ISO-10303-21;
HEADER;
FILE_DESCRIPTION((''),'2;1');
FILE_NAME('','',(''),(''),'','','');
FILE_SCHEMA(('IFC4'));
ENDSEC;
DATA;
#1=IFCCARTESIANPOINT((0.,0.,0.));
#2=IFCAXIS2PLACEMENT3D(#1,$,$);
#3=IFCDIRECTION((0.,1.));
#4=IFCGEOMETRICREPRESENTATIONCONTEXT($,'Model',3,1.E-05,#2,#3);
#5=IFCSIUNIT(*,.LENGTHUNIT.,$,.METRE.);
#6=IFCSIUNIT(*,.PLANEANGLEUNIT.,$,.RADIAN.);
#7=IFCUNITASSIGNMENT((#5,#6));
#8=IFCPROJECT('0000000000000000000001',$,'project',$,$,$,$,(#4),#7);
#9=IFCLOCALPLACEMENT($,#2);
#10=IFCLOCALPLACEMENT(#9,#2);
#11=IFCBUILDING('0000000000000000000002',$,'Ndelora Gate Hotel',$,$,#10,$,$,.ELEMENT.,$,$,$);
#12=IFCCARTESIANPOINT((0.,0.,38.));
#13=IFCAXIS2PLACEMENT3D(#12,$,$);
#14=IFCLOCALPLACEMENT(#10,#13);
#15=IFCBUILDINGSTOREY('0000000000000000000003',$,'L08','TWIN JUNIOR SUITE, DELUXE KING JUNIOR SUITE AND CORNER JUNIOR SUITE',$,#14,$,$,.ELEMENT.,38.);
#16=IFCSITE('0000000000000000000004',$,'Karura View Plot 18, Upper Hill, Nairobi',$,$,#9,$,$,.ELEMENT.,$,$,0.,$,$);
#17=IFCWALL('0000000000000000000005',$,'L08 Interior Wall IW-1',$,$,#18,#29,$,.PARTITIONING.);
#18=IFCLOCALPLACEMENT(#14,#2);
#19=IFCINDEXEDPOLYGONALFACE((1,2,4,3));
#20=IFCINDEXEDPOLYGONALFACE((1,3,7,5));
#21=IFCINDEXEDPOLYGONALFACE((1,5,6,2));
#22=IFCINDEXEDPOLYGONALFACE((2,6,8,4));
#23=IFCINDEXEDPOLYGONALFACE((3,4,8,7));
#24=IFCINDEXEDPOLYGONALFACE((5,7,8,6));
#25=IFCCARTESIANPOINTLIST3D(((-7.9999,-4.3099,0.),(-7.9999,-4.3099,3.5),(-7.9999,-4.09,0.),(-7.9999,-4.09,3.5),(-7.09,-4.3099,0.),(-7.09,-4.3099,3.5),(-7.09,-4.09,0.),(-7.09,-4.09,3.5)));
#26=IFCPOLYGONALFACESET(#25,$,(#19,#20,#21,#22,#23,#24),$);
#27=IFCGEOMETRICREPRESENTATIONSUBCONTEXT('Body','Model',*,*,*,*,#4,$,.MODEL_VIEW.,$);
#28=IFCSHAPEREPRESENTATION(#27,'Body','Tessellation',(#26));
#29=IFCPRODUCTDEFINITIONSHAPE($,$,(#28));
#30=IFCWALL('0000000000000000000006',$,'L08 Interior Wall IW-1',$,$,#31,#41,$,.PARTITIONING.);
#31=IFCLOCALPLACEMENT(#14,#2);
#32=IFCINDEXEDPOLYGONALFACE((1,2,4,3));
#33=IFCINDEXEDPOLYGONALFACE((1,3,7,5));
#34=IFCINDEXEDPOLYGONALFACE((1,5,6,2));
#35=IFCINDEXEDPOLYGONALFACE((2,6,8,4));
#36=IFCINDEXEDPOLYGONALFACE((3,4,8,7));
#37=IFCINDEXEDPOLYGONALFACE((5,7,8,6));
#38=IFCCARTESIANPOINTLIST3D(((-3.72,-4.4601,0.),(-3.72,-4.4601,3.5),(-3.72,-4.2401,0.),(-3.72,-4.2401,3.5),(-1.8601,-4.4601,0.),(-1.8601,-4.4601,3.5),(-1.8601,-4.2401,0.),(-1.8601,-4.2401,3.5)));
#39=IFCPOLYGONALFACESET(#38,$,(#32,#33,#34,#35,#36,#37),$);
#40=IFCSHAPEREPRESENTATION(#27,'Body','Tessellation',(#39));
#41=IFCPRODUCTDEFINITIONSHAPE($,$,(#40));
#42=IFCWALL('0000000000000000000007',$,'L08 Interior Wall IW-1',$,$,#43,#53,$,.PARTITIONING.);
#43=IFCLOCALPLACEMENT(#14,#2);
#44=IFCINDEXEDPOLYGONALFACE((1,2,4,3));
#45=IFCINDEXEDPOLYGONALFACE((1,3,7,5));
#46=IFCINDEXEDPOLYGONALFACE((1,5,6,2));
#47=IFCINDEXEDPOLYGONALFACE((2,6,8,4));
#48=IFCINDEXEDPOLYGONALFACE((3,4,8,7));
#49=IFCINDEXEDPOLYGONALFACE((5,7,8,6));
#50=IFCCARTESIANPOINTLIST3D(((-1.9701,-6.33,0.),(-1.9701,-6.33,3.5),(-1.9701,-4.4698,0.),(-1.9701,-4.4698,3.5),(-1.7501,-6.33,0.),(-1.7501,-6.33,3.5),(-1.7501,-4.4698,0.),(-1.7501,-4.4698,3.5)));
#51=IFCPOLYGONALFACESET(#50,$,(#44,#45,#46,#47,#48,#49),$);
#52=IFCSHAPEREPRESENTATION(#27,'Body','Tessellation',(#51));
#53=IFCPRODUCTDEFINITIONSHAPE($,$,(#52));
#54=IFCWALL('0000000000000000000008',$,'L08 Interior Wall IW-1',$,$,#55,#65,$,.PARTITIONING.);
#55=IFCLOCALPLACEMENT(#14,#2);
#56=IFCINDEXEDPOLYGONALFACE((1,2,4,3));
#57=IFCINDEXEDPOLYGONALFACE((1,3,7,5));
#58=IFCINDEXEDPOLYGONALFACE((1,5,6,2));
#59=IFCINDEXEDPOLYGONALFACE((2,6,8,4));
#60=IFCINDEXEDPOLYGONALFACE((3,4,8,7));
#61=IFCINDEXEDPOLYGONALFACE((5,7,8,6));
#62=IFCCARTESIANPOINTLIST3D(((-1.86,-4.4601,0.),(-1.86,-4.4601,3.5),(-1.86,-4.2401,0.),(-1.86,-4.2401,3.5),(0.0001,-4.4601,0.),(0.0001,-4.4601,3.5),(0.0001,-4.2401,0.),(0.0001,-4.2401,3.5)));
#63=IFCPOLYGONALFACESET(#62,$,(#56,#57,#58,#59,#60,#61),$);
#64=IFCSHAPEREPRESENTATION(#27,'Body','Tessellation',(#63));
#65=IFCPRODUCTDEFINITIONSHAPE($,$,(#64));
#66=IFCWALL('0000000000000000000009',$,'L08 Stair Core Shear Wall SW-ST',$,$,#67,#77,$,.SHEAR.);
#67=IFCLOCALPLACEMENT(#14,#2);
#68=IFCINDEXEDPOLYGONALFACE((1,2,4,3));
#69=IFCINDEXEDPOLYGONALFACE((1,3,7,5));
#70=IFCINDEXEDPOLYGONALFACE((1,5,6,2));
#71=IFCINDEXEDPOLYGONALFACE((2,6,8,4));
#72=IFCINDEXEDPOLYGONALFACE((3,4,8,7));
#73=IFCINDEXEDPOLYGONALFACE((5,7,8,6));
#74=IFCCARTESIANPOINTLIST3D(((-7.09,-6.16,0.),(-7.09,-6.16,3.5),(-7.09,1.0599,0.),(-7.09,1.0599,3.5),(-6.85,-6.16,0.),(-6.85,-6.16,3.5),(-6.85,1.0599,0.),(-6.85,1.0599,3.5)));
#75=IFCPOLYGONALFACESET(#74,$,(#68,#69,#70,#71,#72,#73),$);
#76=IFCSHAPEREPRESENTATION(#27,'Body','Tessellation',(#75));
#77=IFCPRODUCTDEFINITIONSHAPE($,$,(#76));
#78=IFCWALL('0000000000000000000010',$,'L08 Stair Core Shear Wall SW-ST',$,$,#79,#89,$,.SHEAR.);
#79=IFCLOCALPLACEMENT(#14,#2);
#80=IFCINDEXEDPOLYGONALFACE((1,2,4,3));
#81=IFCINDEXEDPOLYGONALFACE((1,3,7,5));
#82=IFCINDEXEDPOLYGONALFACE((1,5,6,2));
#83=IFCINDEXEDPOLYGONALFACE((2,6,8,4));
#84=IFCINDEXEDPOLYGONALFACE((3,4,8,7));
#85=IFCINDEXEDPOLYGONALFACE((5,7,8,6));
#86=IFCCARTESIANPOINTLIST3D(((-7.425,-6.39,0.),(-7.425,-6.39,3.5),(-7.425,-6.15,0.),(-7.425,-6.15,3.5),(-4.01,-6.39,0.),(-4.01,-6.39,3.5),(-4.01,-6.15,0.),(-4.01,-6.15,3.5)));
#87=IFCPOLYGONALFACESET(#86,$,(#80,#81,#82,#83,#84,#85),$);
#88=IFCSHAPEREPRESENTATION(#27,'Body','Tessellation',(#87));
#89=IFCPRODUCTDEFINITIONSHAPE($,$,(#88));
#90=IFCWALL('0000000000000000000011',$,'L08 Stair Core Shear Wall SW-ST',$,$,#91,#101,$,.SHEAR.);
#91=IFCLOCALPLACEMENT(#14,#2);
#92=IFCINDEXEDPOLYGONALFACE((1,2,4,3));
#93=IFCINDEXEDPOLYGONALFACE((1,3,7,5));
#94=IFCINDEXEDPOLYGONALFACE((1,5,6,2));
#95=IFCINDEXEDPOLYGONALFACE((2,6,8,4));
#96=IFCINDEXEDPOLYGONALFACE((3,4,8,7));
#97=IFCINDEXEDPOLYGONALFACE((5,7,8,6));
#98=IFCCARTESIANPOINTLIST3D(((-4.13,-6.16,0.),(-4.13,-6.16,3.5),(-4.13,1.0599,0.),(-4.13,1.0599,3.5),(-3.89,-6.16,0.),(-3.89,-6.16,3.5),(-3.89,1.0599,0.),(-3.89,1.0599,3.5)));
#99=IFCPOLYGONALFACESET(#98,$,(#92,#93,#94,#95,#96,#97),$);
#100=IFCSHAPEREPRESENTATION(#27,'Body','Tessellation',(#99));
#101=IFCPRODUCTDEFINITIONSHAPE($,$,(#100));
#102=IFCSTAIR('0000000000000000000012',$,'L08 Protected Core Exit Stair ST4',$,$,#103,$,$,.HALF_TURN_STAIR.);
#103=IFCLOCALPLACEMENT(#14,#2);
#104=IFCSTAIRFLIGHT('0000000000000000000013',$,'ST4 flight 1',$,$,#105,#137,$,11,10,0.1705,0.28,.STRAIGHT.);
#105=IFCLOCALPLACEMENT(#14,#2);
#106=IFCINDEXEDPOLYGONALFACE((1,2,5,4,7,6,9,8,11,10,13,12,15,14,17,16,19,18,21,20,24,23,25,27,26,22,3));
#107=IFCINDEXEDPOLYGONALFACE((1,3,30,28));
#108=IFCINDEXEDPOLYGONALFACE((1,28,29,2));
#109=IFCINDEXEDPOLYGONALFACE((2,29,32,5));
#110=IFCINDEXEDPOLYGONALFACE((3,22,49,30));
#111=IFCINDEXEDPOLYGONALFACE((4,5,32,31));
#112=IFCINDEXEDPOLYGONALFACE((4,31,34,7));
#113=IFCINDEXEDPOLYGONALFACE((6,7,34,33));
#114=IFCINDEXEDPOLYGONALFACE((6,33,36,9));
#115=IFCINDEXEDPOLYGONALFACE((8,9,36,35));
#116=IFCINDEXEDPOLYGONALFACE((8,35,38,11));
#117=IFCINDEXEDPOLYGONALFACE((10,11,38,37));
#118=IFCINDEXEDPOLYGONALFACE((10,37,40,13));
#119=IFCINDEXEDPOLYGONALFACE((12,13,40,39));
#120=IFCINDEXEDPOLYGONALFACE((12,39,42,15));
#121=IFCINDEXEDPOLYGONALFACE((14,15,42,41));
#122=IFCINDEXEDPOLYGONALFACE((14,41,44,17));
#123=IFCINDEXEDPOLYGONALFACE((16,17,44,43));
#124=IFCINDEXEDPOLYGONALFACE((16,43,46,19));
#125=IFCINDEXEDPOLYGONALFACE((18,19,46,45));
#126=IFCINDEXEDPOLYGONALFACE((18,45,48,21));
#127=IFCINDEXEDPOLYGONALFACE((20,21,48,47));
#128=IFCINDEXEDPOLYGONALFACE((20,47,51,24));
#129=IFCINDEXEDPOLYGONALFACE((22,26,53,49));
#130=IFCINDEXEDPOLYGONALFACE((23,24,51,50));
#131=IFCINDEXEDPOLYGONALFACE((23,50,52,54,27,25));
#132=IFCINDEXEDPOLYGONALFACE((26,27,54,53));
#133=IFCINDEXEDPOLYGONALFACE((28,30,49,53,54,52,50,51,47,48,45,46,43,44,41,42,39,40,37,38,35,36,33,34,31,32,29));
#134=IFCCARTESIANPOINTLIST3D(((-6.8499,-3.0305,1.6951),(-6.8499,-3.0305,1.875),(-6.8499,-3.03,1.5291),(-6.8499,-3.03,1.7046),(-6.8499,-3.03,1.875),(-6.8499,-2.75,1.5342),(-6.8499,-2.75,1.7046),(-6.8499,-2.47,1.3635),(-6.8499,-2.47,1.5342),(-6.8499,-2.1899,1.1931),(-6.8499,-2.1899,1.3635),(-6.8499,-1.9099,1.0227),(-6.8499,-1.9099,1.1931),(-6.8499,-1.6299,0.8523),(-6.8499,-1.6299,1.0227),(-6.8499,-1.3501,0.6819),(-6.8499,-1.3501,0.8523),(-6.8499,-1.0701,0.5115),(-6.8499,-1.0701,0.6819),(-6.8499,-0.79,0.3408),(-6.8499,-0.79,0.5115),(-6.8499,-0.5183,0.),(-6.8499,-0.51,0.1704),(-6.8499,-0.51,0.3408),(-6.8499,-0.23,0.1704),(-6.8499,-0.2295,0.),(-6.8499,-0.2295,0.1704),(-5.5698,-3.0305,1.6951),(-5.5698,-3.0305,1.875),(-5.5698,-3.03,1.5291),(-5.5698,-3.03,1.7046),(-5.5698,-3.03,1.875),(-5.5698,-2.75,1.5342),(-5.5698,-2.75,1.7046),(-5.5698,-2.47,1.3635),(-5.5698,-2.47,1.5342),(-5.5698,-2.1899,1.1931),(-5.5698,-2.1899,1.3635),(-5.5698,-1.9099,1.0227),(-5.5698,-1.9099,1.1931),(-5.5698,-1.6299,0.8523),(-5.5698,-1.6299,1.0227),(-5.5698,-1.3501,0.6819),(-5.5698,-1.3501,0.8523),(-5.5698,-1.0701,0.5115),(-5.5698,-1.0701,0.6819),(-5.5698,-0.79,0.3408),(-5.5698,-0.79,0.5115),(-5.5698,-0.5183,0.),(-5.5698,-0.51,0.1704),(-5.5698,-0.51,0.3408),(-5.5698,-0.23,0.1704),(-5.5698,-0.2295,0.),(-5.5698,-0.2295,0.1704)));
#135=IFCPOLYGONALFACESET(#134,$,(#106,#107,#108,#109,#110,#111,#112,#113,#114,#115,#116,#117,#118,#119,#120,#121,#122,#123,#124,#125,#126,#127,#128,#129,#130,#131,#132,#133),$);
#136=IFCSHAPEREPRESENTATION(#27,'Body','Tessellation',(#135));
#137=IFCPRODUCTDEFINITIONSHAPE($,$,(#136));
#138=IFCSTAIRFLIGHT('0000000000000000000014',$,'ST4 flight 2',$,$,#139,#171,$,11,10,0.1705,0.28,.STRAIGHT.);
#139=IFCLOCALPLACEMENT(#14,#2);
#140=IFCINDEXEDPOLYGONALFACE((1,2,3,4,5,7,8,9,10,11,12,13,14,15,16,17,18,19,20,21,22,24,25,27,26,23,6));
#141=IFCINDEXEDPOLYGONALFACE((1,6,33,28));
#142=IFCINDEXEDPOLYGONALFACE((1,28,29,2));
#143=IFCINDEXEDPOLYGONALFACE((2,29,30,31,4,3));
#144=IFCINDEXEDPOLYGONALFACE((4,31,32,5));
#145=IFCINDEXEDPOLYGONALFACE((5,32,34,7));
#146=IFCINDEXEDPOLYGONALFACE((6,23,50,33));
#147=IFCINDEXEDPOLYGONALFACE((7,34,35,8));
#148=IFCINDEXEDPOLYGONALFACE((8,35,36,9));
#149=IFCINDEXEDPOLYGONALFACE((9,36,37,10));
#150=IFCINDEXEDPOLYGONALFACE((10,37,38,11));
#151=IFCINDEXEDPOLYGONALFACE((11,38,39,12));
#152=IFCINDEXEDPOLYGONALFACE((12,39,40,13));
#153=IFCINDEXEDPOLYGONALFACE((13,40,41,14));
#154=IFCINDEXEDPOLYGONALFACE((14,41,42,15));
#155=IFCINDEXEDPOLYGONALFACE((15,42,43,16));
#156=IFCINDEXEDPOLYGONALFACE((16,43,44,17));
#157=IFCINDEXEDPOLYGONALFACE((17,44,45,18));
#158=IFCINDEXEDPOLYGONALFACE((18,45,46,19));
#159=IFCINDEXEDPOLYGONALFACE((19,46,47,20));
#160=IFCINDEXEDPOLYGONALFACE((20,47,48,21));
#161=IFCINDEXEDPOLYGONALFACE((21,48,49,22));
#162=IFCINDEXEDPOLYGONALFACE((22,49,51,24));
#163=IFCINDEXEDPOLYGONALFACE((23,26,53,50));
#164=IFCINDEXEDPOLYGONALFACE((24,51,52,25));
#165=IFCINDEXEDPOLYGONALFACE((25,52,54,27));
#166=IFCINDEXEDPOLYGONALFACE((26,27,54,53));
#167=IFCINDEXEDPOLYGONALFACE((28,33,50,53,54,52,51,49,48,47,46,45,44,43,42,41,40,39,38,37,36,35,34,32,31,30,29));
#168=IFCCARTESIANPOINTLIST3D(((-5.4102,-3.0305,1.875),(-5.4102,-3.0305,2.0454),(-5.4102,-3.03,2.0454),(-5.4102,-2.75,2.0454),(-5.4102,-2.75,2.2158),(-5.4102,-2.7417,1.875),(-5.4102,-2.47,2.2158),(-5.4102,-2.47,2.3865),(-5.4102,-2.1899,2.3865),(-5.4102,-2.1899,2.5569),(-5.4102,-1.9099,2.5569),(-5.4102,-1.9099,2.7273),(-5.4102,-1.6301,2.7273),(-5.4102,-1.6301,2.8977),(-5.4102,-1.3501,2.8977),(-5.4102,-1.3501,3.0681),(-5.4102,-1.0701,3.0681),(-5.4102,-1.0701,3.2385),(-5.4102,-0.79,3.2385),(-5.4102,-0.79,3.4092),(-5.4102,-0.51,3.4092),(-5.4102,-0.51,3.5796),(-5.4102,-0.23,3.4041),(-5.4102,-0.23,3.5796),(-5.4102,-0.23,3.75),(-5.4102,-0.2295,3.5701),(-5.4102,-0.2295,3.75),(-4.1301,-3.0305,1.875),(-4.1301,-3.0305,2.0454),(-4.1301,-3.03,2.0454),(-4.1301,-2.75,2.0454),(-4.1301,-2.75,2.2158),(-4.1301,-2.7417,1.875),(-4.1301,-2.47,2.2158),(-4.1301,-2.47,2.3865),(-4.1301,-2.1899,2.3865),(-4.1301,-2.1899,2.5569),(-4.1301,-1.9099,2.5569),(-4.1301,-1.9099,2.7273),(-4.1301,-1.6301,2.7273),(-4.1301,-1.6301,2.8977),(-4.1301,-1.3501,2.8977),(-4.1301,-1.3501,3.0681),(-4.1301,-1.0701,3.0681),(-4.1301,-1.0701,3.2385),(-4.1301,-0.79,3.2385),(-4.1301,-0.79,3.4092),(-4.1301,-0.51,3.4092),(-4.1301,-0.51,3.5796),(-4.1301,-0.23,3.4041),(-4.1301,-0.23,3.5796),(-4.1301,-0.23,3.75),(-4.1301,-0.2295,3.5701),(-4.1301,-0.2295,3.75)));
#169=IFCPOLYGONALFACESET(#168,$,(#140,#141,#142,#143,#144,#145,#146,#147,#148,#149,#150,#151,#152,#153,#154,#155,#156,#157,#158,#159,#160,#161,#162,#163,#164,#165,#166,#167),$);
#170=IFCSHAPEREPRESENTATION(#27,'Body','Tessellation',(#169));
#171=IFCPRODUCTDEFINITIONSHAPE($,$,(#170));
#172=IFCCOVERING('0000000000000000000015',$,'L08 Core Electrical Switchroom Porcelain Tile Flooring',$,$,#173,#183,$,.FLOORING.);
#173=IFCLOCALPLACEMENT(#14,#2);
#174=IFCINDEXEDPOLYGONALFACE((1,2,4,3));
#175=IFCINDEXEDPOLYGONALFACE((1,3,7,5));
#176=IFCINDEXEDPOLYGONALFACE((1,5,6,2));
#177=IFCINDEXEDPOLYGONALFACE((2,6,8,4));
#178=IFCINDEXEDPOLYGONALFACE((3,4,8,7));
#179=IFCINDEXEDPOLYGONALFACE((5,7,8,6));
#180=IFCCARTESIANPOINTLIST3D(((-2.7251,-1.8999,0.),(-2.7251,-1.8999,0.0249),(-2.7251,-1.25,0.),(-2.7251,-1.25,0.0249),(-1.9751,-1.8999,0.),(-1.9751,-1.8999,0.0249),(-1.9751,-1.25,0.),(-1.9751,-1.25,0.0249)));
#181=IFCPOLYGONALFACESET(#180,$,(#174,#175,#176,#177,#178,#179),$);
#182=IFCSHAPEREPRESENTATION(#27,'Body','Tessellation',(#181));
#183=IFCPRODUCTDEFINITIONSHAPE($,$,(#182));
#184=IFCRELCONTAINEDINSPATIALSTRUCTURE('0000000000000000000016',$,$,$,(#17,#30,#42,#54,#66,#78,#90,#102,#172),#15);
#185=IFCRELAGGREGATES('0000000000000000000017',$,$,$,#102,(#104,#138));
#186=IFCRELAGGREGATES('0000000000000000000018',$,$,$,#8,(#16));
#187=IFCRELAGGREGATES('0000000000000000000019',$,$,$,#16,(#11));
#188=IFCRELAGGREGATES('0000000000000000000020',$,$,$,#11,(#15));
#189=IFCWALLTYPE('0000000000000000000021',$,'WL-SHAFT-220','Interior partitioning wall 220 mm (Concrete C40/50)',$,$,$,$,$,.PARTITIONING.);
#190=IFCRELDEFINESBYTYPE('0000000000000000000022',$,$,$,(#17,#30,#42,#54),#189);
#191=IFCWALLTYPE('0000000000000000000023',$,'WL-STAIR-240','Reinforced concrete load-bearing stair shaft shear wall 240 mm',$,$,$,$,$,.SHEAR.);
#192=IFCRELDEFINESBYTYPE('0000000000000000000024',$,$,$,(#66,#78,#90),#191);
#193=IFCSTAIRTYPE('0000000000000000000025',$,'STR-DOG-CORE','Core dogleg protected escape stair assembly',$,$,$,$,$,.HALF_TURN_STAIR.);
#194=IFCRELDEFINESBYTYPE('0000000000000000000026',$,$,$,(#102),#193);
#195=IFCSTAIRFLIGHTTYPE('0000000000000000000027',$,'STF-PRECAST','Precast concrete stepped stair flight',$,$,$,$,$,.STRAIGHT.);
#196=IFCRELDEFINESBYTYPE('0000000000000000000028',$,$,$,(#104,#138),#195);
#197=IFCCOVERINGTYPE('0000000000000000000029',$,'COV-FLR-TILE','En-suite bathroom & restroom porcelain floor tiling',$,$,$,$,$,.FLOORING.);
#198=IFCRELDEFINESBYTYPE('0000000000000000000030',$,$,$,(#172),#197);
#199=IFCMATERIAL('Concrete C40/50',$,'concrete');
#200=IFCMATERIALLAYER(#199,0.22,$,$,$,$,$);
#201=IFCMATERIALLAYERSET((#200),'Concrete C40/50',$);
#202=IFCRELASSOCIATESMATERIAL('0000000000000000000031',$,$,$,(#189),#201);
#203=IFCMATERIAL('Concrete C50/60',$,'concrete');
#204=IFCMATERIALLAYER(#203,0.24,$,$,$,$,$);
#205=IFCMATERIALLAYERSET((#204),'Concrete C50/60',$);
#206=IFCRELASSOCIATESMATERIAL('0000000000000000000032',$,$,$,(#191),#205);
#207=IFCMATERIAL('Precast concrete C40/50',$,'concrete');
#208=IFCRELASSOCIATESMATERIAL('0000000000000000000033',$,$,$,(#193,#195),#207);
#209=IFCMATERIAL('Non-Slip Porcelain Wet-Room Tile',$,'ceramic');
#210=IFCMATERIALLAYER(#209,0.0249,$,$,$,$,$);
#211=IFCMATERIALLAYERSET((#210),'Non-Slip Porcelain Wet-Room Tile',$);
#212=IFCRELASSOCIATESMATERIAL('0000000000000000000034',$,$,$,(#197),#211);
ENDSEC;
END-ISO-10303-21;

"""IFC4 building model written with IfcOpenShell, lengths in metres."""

from ifc_helpers import new_model, si_unit, direction, frame, frame_2d, origin, origin_2d, place, context, subcontext, project, spatial, polyline, rectangle, outline, extrude, material, layer, layer_set, type_object, element, aggregate, save


model = new_model("IFC4")

# Units and contexts
model_context = context("Model", 3, precision=1e-05, world=origin(), true_north=direction((0.0, 1.0)))
body_context = subcontext(model_context, "Body", "Model", "MODEL_VIEW")
ifc_project = project(units=[si_unit("LENGTHUNIT", "METRE"), si_unit("PLANEANGLEUNIT", "RADIAN")], contexts=[model_context])

# Site, building, storey
site_placement = place(None, origin())
site = spatial("IfcSite", under=ifc_project, at=site_placement, Name="Karura View Plot 18, Upper Hill, Nairobi", CompositionType="ELEMENT", RefElevation=0.0)
building_placement = place(site_placement, origin())
building = spatial("IfcBuilding", under=site, at=building_placement, Name="Ndelora Gate Hotel", CompositionType="ELEMENT")
storey_placement = place(building_placement, frame((0.0, 0.0, 38.0)))
storey = spatial("IfcBuildingStorey", under=building, at=storey_placement, Name="L08", Description="TWIN JUNIOR SUITE, DELUXE KING JUNIOR SUITE AND CORNER JUNIOR SUITE", CompositionType="ELEMENT", Elevation=38.0)

# Walls
ifc_material_1 = material(Name="Concrete C40/50", Category="concrete")
ifc_layer_1 = layer(ifc_material_1, 0.22)
ifc_layer_set_1 = layer_set([ifc_layer_1], Name="Concrete C40/50")
wall_type_1 = type_object("IfcWallType", Name="WL-SHAFT-220", Description="Interior partitioning wall 220 mm (Concrete C40/50)", PredefinedType="PARTITIONING", material=ifc_layer_set_1)
wall_1_placement = place(storey_placement, frame((-8.0, -4.2, 0.0), z_axis=(0.0, 0.0, 1.0), x_axis=(1.0, 0.0, 0.0)))
element("IfcWall", 1, at=wall_1_placement, inside=storey, type_object=wall_type_1, Name="L08 Interior Wall IW-1", PredefinedType="PARTITIONING", context=body_context, shape_type="SweptSolid", body=[
    extrude(rectangle(XDim=0.9099, YDim=0.22, at=frame_2d((0.4551, 0.0))), origin(), (0.0, 0.0, 1.0), 3.5),
])
wall_2_placement = place(storey_placement, frame((-3.72, -4.3501, 0.0), z_axis=(0.0, 0.0, 1.0), x_axis=(1.0, 0.0, 0.0)))
element("IfcWall", 2, at=wall_2_placement, inside=storey, type_object=wall_type_1, Name="L08 Interior Wall IW-1", PredefinedType="PARTITIONING", context=body_context, shape_type="SweptSolid", body=[
    extrude(rectangle(XDim=1.8599, YDim=0.22, at=frame_2d((0.9299, 0.0))), origin(), (0.0, 0.0, 1.0), 3.5),
])
for number, where, z_axis, x_axis, name in (
    (3, (-1.8601, -6.3301, 0.0), (0.0, 0.0, 1.0), (0.0, 1.0, 0.0), "L08 Interior Wall IW-1"),
    (4, (-1.8601, -4.3501, 0.0), (0.0, 0.0, 1.0), (1.0, 0.0, 0.0), "L08 Interior Wall IW-1"),
):
    element("IfcWall", number, at=place(storey_placement, frame(where, z_axis=z_axis, x_axis=x_axis)), inside=storey, type_object=wall_type_1, Name=name, PredefinedType="PARTITIONING", context=body_context, shape_type="SweptSolid", body=[
        extrude(rectangle(XDim=1.8601, YDim=0.22, at=frame_2d((0.9302, 0.0))), origin(), (0.0, 0.0, 1.0), 3.5),
    ])
ifc_material_2 = material(Name="Concrete C50/60", Category="concrete")
ifc_layer_2 = layer(ifc_material_2, 0.24)
ifc_layer_set_2 = layer_set([ifc_layer_2], Name="Concrete C50/60")
wall_type_2 = type_object("IfcWallType", Name="WL-STAIR-240", Description="Reinforced concrete load-bearing stair shaft shear wall 240 mm", PredefinedType="SHEAR", material=ifc_layer_set_2)
wall_3_placement = place(storey_placement, frame((-6.97, -6.1599, 0.0), z_axis=(0.0, 0.0, 1.0), x_axis=(0.0, 1.0, 0.0)))
element("IfcWall", 5, at=wall_3_placement, inside=storey, type_object=wall_type_2, Name="L08 Stair Core Shear Wall SW-ST", PredefinedType="SHEAR", context=body_context, shape_type="SweptSolid", body=[
    extrude(rectangle(XDim=7.22, YDim=0.24, at=frame_2d((3.6099, 0.0))), origin(), (0.0, 0.0, 1.0), 3.5),
])
wall_4_placement = place(storey_placement, frame((-7.425, -6.27, 0.0), z_axis=(0.0, 0.0, 1.0), x_axis=(1.0, 0.0, 0.0)))
element("IfcWall", 6, at=wall_4_placement, inside=storey, type_object=wall_type_2, Name="L08 Stair Core Shear Wall SW-ST", PredefinedType="SHEAR", context=body_context, shape_type="SweptSolid", body=[
    extrude(rectangle(XDim=3.415, YDim=0.24, at=frame_2d((1.7075, 0.0))), origin(), (0.0, 0.0, 1.0), 3.5),
])
wall_5_placement = place(storey_placement, frame((-4.01, -6.1599, 0.0), z_axis=(0.0, 0.0, 1.0), x_axis=(0.0, 1.0, 0.0)))
element("IfcWall", 7, at=wall_5_placement, inside=storey, type_object=wall_type_2, Name="L08 Stair Core Shear Wall SW-ST", PredefinedType="SHEAR", context=body_context, shape_type="SweptSolid", body=[
    extrude(rectangle(XDim=7.22, YDim=0.24, at=frame_2d((3.6099, 0.0))), origin(), (0.0, 0.0, 1.0), 3.5),
])

# Stair, stair flights
ifc_material_3 = material(Name="Precast concrete C40/50", Category="concrete")
stair_type = type_object("IfcStairType", Name="STR-DOG-CORE", Description="Core dogleg protected escape stair assembly", PredefinedType="HALF_TURN_STAIR", material=ifc_material_3)
stair_placement = place(storey_placement, origin())
stair = element("IfcStair", 8, at=stair_placement, inside=storey, type_object=stair_type, Name="L08 Protected Core Exit Stair ST4", PredefinedType="HALF_TURN_STAIR")
stair_flight_type = type_object("IfcStairFlightType", Name="STF-PRECAST", Description="Precast concrete stepped stair flight", PredefinedType="STRAIGHT", material=ifc_material_3)
stair_flight_1_placement = place(storey_placement, frame((-6.21, -0.23, 0.0), z_axis=(0.0, 0.0, 1.0), x_axis=(0.0, -1.0, 0.0)))
stair_flight_1 = element("IfcStairFlight", 9, at=stair_flight_1_placement, type_object=stair_flight_type, Name="ST4 flight 1", NumberOfRisers=11, NumberOfTreads=10, PredefinedType="STRAIGHT", RiserHeight=0.1705, TreadLength=0.28, context=body_context, shape_type="SweptSolid", body=[
    extrude(outline(polyline([(-0.0005, 0.0), (-0.0005, 0.1704), (0.0, 0.1704), (0.28, 0.1704), (0.28, 0.3408), (0.5601, 0.3408), (0.5601, 0.5115), (0.8401, 0.5115), (0.8401, 0.6819), (1.1201, 0.6819), (1.1201, 0.8523), (1.3999, 0.8523), (1.3999, 1.0227), (1.6799, 1.0227), (1.6799, 1.1931), (1.96, 1.1931), (1.96, 1.3635), (2.24, 1.3635), (2.24, 1.5342), (2.52, 1.5342), (2.52, 1.7046), (2.8, 1.7046), (2.8, 1.875), (2.8005, 1.875), (2.8005, 1.6951), (2.8, 1.5291), (0.2883, 0.0), (-0.0005, 0.0)])), frame((0.0, 0.6401, 0.0), z_axis=(0.0, -1.0, 0.0), x_axis=(1.0, 0.0, 0.0)), (0.0, 0.0, 1.0), 1.28),
])
stair_flight_2_placement = place(storey_placement, frame((-4.77, -3.03, 1.875), z_axis=(0.0, 0.0, 1.0), x_axis=(0.0, 1.0, 0.0)))
stair_flight_2 = element("IfcStairFlight", 10, at=stair_flight_2_placement, type_object=stair_flight_type, Name="ST4 flight 2", NumberOfRisers=11, NumberOfTreads=10, PredefinedType="STRAIGHT", RiserHeight=0.1705, TreadLength=0.28, context=body_context, shape_type="SweptSolid", body=[
    extrude(outline(polyline([(-0.0005, 0.0), (-0.0005, 0.1704), (0.0, 0.1704), (0.28, 0.1704), (0.28, 0.3408), (0.5601, 0.3408), (0.5601, 0.5115), (0.8401, 0.5115), (0.8401, 0.6819), (1.1201, 0.6819), (1.1201, 0.8523), (1.3999, 0.8523), (1.3999, 1.0227), (1.6799, 1.0227), (1.6799, 1.1931), (1.96, 1.1931), (1.96, 1.3635), (2.24, 1.3635), (2.24, 1.5342), (2.52, 1.5342), (2.52, 1.7046), (2.8, 1.7046), (2.8, 1.875), (2.8005, 1.875), (2.8005, 1.6951), (2.8, 1.5291), (0.2883, 0.0), (-0.0005, 0.0)])), frame((0.0, 0.6401, 0.0), z_axis=(0.0, -1.0, 0.0), x_axis=(1.0, 0.0, 0.0)), (0.0, 0.0, 1.0), 1.28),
])
aggregate(stair, [stair_flight_1, stair_flight_2])

# Covering
ifc_material_4 = material(Name="Non-Slip Porcelain Wet-Room Tile", Category="ceramic")
ifc_layer_3 = layer(ifc_material_4, 0.0249)
ifc_layer_set_3 = layer_set([ifc_layer_3], Name="Non-Slip Porcelain Wet-Room Tile")
covering_type = type_object("IfcCoveringType", Name="COV-FLR-TILE", Description="En-suite bathroom & restroom porcelain floor tiling", PredefinedType="FLOORING", material=ifc_layer_set_3)
covering_placement = place(storey_placement, frame((-2.3501, -1.575, 0.0), z_axis=(0.0, 0.0, 1.0), x_axis=(1.0, 0.0, 0.0)))
element("IfcCovering", 11, at=covering_placement, inside=storey, type_object=covering_type, Name="L08 Core Electrical Switchroom Porcelain Tile Flooring", PredefinedType="FLOORING", context=body_context, shape_type="SweptSolid", body=[
    extrude(rectangle(XDim=0.75, YDim=0.6499, at=origin_2d()), origin(), (0.0, 0.0, 1.0), 0.0249),
])

save(model, "model.ifc")
